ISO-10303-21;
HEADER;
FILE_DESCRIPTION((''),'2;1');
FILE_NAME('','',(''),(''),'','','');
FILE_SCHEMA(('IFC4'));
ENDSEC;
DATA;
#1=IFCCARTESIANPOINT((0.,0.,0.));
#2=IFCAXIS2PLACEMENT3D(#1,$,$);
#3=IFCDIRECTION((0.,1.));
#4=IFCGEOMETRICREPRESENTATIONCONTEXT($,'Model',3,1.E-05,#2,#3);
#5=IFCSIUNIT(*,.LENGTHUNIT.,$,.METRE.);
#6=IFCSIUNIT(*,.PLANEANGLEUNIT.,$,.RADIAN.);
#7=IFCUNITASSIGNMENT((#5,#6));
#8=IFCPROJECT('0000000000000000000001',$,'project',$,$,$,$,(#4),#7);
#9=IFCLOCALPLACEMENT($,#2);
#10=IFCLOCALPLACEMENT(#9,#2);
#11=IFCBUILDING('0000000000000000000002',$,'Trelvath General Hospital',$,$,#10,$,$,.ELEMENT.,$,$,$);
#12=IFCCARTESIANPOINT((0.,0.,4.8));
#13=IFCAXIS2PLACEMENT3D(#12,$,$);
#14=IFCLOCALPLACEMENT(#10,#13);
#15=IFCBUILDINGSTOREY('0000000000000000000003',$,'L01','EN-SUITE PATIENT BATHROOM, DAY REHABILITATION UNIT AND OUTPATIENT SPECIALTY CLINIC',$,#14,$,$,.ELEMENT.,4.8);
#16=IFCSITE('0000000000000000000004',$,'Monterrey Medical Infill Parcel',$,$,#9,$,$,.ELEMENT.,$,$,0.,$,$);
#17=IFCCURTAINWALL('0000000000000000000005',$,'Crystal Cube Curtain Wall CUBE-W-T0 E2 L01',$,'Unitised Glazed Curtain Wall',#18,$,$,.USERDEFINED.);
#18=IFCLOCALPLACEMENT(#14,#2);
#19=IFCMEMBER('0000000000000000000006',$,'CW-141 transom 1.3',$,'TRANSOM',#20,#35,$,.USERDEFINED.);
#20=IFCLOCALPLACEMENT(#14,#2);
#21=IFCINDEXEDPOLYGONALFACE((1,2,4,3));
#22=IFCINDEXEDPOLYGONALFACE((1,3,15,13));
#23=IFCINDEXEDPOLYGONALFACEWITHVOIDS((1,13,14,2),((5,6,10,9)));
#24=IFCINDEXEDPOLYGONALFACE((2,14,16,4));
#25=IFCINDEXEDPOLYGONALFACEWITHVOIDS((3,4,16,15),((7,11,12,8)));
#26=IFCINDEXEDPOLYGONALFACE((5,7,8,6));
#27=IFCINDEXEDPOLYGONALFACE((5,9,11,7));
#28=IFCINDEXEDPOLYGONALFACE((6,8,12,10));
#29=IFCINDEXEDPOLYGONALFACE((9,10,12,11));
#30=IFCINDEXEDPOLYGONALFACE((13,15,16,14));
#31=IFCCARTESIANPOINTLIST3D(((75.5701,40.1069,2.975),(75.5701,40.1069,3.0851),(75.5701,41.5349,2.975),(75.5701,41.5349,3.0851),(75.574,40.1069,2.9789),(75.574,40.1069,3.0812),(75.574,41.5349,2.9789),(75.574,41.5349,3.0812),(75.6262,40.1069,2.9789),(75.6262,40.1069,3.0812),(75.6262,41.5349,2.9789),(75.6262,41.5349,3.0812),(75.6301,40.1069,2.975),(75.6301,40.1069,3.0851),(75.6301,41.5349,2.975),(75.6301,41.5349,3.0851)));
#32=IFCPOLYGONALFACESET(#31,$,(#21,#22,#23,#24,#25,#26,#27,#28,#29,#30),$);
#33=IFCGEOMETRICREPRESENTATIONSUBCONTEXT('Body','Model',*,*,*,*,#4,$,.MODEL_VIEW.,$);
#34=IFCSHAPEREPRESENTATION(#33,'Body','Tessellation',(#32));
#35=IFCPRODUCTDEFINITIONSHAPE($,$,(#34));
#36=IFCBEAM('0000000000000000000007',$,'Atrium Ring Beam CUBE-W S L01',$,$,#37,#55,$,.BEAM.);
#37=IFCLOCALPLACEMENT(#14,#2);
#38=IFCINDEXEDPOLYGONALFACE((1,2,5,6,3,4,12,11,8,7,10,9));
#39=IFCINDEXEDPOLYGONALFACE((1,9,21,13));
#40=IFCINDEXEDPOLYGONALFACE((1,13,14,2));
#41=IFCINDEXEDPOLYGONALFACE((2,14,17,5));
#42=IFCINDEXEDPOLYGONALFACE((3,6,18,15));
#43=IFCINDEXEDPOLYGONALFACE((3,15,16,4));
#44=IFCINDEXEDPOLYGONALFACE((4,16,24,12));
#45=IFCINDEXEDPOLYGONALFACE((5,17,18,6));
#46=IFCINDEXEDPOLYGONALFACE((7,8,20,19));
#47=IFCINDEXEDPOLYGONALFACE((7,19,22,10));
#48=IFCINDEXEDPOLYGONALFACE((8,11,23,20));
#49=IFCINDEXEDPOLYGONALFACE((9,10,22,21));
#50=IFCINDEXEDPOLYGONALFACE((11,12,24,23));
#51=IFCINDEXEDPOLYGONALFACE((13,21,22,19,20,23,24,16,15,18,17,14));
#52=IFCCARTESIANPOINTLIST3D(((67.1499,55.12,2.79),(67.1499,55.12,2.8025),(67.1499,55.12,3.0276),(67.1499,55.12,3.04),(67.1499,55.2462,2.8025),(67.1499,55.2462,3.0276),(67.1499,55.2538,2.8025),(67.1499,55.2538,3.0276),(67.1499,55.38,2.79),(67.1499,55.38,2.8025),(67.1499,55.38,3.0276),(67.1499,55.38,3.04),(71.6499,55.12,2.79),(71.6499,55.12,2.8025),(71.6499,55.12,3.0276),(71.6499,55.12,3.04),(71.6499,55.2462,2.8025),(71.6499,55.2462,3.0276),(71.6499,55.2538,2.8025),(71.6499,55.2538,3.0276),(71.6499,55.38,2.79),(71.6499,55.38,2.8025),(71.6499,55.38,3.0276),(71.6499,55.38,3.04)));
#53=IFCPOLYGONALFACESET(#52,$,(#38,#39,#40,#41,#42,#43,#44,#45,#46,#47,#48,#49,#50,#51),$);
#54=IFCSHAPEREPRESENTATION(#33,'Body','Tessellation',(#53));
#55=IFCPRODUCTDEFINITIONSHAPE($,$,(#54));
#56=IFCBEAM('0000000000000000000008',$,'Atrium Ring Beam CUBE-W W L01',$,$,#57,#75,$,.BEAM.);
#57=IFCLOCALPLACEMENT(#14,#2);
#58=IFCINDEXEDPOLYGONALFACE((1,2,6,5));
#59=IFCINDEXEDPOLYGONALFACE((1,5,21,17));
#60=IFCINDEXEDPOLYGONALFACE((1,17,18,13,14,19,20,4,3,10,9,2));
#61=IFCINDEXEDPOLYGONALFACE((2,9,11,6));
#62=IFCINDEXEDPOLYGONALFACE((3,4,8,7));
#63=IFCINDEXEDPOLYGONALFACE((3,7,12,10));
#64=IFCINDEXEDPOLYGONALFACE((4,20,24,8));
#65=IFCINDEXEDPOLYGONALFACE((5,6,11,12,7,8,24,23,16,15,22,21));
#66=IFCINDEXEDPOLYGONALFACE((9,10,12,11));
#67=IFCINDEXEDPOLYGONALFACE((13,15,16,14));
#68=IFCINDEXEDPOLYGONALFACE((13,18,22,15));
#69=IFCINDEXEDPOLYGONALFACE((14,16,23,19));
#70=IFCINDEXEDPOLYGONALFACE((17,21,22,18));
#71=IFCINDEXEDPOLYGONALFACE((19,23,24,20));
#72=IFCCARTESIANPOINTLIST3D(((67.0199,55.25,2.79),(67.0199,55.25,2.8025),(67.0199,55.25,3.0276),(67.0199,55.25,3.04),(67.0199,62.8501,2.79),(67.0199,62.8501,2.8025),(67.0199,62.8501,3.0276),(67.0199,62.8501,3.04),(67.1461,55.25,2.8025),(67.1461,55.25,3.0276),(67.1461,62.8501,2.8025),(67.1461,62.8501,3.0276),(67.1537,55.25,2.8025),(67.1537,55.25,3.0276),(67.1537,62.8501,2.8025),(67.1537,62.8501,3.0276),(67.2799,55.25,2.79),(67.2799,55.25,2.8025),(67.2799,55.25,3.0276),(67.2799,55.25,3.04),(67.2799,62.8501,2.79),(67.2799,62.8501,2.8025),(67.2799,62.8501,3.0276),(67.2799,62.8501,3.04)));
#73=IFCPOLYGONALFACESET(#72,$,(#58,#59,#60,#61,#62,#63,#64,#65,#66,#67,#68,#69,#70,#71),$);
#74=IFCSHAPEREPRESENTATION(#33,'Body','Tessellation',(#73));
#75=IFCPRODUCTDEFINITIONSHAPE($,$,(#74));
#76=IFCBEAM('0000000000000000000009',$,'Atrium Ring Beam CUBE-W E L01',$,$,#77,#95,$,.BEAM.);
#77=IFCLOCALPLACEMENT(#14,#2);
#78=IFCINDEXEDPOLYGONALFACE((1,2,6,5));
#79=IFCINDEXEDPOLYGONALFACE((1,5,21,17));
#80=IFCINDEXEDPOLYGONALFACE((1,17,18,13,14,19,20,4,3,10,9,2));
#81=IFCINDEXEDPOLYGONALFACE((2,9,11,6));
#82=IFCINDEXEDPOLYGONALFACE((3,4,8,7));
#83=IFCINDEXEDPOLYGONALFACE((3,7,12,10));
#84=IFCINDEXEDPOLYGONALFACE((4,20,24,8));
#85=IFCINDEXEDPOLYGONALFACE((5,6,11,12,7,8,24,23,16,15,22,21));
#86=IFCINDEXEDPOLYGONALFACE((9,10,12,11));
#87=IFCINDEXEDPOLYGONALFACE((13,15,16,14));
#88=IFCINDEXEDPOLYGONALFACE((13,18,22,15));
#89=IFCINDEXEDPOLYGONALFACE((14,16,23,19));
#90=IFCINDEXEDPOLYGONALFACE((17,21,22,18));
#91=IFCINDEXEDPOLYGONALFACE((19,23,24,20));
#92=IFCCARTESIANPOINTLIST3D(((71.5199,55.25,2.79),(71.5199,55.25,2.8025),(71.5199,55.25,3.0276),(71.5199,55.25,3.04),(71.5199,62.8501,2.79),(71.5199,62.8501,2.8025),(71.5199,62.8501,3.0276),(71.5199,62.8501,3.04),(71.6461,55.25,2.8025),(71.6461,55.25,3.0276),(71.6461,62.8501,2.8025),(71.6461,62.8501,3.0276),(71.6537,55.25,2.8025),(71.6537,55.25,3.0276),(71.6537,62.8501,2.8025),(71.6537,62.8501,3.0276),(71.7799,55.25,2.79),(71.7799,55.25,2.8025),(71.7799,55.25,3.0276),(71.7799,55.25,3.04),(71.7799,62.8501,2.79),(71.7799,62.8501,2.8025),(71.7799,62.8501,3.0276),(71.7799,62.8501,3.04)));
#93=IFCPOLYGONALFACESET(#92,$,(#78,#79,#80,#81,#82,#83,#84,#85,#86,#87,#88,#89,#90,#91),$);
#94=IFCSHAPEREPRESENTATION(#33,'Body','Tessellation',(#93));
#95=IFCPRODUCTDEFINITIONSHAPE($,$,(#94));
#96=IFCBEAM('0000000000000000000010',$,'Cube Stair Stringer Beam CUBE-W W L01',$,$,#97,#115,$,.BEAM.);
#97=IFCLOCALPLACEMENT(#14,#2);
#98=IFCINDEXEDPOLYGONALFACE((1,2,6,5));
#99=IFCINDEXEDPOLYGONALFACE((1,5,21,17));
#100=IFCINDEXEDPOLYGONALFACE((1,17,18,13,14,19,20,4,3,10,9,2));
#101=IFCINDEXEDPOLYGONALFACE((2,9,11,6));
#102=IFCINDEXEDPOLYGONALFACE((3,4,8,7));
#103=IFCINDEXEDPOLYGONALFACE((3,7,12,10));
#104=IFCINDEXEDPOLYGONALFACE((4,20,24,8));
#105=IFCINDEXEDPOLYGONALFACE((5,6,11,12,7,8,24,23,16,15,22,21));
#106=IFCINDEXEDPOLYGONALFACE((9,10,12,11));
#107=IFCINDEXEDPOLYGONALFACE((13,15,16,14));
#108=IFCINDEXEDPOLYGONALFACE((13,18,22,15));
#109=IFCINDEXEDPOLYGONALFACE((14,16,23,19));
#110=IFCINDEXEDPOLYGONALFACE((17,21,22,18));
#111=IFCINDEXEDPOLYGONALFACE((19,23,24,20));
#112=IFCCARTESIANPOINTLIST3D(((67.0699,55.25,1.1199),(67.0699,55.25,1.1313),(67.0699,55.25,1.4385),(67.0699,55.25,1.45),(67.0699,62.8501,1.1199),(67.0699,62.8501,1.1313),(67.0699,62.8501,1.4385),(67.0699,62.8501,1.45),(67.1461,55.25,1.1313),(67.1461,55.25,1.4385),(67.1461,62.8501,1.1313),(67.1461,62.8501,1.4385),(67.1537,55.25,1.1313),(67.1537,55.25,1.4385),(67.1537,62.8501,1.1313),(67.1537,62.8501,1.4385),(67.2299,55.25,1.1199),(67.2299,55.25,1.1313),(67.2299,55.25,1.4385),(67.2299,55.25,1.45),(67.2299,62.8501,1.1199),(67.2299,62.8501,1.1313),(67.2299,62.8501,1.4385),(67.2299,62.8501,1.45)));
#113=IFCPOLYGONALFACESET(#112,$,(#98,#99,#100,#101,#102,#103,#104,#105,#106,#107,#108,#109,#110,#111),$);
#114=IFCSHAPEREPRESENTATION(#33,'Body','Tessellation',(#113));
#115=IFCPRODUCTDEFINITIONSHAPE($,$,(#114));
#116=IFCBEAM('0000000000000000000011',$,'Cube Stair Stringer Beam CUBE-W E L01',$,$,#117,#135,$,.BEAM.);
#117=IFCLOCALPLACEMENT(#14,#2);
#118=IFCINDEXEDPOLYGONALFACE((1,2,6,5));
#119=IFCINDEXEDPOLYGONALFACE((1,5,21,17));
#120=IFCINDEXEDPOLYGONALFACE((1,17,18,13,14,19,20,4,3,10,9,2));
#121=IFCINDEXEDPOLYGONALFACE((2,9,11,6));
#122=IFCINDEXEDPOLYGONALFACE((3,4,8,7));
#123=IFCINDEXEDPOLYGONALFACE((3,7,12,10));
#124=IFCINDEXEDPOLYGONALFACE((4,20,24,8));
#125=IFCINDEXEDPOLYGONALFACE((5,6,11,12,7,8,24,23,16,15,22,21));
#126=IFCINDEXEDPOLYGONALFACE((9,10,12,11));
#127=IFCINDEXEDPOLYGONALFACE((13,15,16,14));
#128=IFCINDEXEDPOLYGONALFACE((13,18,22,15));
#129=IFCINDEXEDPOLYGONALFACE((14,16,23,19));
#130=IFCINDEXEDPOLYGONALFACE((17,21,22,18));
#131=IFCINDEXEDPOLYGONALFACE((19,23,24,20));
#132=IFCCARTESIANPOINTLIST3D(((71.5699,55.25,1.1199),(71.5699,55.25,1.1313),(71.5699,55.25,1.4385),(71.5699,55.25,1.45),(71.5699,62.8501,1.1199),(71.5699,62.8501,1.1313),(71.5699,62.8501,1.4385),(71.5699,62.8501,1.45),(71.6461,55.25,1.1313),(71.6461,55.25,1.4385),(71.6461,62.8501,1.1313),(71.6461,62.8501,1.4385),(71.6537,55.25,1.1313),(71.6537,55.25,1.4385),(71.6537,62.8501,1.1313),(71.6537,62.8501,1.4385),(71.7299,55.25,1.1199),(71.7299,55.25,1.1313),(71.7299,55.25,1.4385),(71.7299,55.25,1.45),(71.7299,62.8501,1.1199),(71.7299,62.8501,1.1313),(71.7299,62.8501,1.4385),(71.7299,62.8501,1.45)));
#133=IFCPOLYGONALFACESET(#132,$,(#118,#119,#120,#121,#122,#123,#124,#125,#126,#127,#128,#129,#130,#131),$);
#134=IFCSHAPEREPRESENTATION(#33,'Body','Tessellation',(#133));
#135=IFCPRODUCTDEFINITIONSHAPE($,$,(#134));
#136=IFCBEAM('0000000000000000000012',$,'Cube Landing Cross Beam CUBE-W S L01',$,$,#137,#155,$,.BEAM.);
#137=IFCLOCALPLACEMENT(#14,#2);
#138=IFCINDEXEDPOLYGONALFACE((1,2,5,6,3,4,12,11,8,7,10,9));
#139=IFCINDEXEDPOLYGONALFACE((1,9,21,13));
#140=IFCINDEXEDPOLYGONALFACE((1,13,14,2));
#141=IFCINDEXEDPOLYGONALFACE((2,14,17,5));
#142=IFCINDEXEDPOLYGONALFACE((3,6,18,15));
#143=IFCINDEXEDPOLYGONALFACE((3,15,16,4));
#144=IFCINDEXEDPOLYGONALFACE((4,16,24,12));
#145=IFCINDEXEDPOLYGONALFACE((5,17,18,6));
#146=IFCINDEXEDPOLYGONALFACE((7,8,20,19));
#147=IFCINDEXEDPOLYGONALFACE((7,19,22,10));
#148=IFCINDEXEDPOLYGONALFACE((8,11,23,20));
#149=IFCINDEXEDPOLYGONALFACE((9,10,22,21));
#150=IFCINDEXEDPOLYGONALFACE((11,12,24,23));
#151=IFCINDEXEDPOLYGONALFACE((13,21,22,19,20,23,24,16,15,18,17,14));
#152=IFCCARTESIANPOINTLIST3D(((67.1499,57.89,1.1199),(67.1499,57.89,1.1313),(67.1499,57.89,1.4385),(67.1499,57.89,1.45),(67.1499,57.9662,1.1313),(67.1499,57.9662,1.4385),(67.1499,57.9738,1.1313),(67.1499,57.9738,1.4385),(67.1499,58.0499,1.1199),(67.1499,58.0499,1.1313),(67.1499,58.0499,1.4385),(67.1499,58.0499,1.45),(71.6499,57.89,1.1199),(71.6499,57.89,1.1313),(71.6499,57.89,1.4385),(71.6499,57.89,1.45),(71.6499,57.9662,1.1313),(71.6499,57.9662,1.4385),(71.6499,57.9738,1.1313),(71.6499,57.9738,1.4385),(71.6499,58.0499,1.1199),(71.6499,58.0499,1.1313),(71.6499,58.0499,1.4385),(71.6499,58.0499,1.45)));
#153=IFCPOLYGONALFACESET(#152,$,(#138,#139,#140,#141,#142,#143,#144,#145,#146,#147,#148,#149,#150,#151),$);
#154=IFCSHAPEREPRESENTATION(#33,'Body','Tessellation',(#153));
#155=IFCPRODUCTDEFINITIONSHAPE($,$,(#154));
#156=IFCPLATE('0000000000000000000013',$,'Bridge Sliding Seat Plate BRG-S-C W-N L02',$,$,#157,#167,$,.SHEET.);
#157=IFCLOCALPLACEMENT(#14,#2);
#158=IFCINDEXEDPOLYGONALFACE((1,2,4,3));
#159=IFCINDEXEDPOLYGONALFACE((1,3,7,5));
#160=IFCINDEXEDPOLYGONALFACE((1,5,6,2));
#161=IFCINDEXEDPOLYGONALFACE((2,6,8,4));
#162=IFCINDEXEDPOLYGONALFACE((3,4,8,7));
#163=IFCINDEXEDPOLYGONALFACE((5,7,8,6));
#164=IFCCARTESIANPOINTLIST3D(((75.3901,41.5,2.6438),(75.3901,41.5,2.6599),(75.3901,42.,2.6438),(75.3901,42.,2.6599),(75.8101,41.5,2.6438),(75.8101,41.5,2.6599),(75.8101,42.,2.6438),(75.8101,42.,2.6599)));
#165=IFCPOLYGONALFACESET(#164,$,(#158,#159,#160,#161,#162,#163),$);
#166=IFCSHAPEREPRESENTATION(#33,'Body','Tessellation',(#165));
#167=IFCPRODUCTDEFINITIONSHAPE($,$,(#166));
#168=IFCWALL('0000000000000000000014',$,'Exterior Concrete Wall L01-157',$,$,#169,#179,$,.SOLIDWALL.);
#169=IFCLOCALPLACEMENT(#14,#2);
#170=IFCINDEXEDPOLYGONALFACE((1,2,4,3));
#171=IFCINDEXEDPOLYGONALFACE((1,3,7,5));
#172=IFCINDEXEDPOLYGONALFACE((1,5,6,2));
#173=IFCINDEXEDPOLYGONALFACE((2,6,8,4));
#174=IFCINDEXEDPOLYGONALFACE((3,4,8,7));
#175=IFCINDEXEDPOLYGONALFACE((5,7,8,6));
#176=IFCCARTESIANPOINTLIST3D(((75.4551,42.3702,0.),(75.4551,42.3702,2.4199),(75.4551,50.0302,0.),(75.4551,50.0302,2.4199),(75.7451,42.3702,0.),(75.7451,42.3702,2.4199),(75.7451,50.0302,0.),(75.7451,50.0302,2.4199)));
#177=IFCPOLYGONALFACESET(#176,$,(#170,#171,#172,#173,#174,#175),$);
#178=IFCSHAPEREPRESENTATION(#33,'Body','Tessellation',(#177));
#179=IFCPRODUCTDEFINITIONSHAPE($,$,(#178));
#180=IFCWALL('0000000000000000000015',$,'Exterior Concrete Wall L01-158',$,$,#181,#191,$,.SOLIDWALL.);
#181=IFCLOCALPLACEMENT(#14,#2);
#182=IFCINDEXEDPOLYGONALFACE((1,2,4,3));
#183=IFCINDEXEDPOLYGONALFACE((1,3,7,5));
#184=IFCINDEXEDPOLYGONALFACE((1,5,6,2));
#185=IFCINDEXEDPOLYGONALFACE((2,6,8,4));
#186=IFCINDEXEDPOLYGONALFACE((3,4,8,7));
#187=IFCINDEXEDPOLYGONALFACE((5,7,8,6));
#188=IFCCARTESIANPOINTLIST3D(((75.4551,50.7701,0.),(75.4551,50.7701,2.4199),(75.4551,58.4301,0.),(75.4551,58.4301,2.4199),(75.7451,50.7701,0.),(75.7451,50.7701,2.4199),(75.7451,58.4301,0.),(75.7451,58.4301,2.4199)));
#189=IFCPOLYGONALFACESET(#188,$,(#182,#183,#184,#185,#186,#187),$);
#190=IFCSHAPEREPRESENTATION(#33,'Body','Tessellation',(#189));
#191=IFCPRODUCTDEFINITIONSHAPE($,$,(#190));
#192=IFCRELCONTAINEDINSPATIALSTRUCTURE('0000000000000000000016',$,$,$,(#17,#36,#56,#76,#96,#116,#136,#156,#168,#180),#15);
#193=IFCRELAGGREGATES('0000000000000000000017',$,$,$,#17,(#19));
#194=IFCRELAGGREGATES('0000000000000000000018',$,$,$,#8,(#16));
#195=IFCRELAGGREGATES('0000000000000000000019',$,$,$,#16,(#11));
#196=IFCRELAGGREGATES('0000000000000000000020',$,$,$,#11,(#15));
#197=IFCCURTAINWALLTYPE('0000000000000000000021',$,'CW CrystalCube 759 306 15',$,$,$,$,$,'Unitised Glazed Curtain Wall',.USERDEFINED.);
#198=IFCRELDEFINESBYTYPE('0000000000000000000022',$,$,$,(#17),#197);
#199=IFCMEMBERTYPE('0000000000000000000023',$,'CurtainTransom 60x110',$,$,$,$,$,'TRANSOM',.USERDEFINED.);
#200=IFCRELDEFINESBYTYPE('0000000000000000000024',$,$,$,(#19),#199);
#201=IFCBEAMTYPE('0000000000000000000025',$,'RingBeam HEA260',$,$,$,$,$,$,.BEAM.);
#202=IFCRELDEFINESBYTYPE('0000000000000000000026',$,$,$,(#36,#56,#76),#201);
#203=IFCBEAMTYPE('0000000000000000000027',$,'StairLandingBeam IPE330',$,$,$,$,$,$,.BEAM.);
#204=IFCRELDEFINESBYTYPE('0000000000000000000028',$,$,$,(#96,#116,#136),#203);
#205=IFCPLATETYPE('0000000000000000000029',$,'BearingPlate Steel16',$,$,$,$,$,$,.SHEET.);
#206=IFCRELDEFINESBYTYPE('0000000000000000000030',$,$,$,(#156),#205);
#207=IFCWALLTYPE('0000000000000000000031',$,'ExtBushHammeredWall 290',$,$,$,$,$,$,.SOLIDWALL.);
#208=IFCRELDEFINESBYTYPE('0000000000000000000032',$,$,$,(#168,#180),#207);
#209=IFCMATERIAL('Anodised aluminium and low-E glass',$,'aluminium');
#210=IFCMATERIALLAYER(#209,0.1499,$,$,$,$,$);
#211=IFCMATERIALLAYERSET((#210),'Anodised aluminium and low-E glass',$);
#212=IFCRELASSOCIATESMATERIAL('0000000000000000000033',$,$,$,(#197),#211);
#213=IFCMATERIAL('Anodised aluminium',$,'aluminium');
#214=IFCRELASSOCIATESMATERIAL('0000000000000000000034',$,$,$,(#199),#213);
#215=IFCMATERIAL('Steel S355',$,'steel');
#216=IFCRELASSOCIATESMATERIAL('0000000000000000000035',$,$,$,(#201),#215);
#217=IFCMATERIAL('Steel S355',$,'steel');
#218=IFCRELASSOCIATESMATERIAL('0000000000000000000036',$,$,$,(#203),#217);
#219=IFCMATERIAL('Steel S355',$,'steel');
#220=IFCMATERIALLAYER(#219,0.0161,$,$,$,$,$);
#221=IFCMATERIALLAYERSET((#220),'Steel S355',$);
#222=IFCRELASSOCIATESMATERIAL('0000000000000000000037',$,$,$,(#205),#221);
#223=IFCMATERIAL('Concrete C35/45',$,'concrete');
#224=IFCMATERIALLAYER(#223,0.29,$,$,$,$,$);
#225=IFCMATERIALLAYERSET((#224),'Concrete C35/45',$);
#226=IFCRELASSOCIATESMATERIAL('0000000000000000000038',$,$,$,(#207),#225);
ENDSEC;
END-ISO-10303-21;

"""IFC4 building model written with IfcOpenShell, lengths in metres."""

from ifc_helpers import new_model, si_unit, direction, frame, frame_2d, origin, origin_2d, place, context, subcontext, project, spatial, rectangle, hollow_rectangle, i_section, extrude, material, layer, layer_set, material_profile, profile_set, type_object, element, aggregate, save


model = new_model("IFC4")

# Units and contexts
model_context = context("Model", 3, precision=1e-05, world=origin(), true_north=direction((0.0, 1.0)))
body_context = subcontext(model_context, "Body", "Model", "MODEL_VIEW")
ifc_project = project(units=[si_unit("LENGTHUNIT", "METRE"), si_unit("PLANEANGLEUNIT", "RADIAN")], contexts=[model_context])

# Site, building, storey
site_placement = place(None, origin())
site = spatial("IfcSite", under=ifc_project, at=site_placement, Name="Monterrey Medical Infill Parcel", CompositionType="ELEMENT", RefElevation=0.0)
building_placement = place(site_placement, origin())
building = spatial("IfcBuilding", under=site, at=building_placement, Name="Trelvath General Hospital", CompositionType="ELEMENT")
storey_placement = place(building_placement, frame((0.0, 0.0, 4.8)))
storey = spatial("IfcBuildingStorey", under=building, at=storey_placement, Name="L01", Description="EN-SUITE PATIENT BATHROOM, DAY REHABILITATION UNIT AND OUTPATIENT SPECIALTY CLINIC", CompositionType="ELEMENT", Elevation=4.8)

# Curtain wall, member
ifc_material_1 = material(Name="Anodised aluminium and low-E glass", Category="aluminium")
ifc_layer_1 = layer(ifc_material_1, 0.1499)
ifc_layer_set_1 = layer_set([ifc_layer_1], Name="Anodised aluminium and low-E glass")
curtain_wall_type = type_object("IfcCurtainWallType", Name="CW CrystalCube 759 306 15", ElementType="Unitised Glazed Curtain Wall", PredefinedType="USERDEFINED", material=ifc_layer_set_1)
curtain_wall_placement = place(storey_placement, origin())
curtain_wall = element("IfcCurtainWall", 1, at=curtain_wall_placement, inside=storey, type_object=curtain_wall_type, Name="Crystal Cube Curtain Wall CUBE-W-T0 E2 L01", ObjectType="Unitised Glazed Curtain Wall", PredefinedType="USERDEFINED")
ifc_material_2 = material(Name="Anodised aluminium", Category="aluminium")
ifc_material_profile_1 = material_profile(ifc_material_2, hollow_rectangle(XDim=0.0601, YDim=0.1101, WallThickness=0.0039, at=origin_2d()), Name="RHS60x110x4")
ifc_profile_set_1 = profile_set([ifc_material_profile_1], Name="Anodised aluminium")
member_type_1 = type_object("IfcMemberType", Name="CurtainTransom 60x110", ElementType="TRANSOM", PredefinedType="USERDEFINED", material=ifc_profile_set_1)
member_1_placement = place(storey_placement, frame((75.6001, 41.5349, 3.03), z_axis=(0.0, -1.0, 0.0), x_axis=(1.0, 0.0, 0.0)))
member_1 = element("IfcMember", 2, at=member_1_placement, type_object=member_type_1, Name="CW-141 transom 1.3", ObjectType="TRANSOM", PredefinedType="USERDEFINED", context=body_context, shape_type="SweptSolid", body=[
    extrude(hollow_rectangle(XDim=0.0601, YDim=0.1101, WallThickness=0.0039, at=origin_2d()), origin(), (0.0, 0.0, 1.0), 1.428),
])
aggregate(curtain_wall, [member_1])

# Beams
ifc_material_3 = material(Name="Steel S355", Category="steel")
ifc_material_profile_2 = material_profile(ifc_material_3, i_section(OverallWidth=0.26, OverallDepth=0.25, WebThickness=0.0076, FlangeThickness=0.0125, at=origin_2d()), Name="HEA260")
ifc_profile_set_2 = profile_set([ifc_material_profile_2], Name="Steel S355")
beam_type_1 = type_object("IfcBeamType", Name="RingBeam HEA260", PredefinedType="BEAM", material=ifc_profile_set_2)
beam_1_placement = place(storey_placement, frame((67.1499, 55.25, 2.915), z_axis=(1.0, 0.0, 0.0), x_axis=(0.0, 1.0, 0.0)))
element("IfcBeam", 3, at=beam_1_placement, inside=storey, type_object=beam_type_1, Name="Atrium Ring Beam CUBE-W S L01", PredefinedType="BEAM", context=body_context, shape_type="SweptSolid", body=[
    extrude(i_section(OverallWidth=0.26, OverallDepth=0.25, WebThickness=0.0076, FlangeThickness=0.0125, at=origin_2d()), origin(), (0.0, 0.0, 1.0), 4.5),
])
for number, where, z_axis, x_axis, name in (
    (4, (67.1499, 55.25, 2.915), (0.0, 1.0, 0.0), (-1.0, 0.0, 0.0), "Atrium Ring Beam CUBE-W W L01"),
    (5, (71.6499, 55.25, 2.915), (0.0, 1.0, 0.0), (-1.0, 0.0, 0.0), "Atrium Ring Beam CUBE-W E L01"),
):
    element("IfcBeam", number, at=place(storey_placement, frame(where, z_axis=z_axis, x_axis=x_axis)), inside=storey, type_object=beam_type_1, Name=name, PredefinedType="BEAM", context=body_context, shape_type="SweptSolid", body=[
        extrude(i_section(OverallWidth=0.26, OverallDepth=0.25, WebThickness=0.0076, FlangeThickness=0.0125, at=origin_2d()), origin(), (0.0, 0.0, 1.0), 7.6001),
    ])
ifc_material_4 = material(Name="Steel S355", Category="steel")
ifc_material_profile_3 = material_profile(ifc_material_4, i_section(OverallWidth=0.1599, OverallDepth=0.3301, WebThickness=0.0076, FlangeThickness=0.0115, at=origin_2d()), Name="IPE330")
ifc_profile_set_3 = profile_set([ifc_material_profile_3], Name="Steel S355")
beam_type_2 = type_object("IfcBeamType", Name="StairLandingBeam IPE330", PredefinedType="BEAM", material=ifc_profile_set_3)
for number, where, z_axis, x_axis, name in (
    (6, (67.1499, 55.25, 1.2849), (0.0, 1.0, 0.0), (-1.0, 0.0, 0.0), "Cube Stair Stringer Beam CUBE-W W L01"),
    (7, (71.6499, 55.25, 1.2849), (0.0, 1.0, 0.0), (-1.0, 0.0, 0.0), "Cube Stair Stringer Beam CUBE-W E L01"),
):
    element("IfcBeam", number, at=place(storey_placement, frame(where, z_axis=z_axis, x_axis=x_axis)), inside=storey, type_object=beam_type_2, Name=name, PredefinedType="BEAM", context=body_context, shape_type="SweptSolid", body=[
        extrude(i_section(OverallWidth=0.1599, OverallDepth=0.3301, WebThickness=0.0076, FlangeThickness=0.0115, at=origin_2d()), origin(), (0.0, 0.0, 1.0), 7.6001),
    ])
beam_2_placement = place(storey_placement, frame((67.1499, 57.97, 1.2849), z_axis=(1.0, 0.0, 0.0), x_axis=(0.0, 1.0, 0.0)))
element("IfcBeam", 8, at=beam_2_placement, inside=storey, type_object=beam_type_2, Name="Cube Landing Cross Beam CUBE-W S L01", PredefinedType="BEAM", context=body_context, shape_type="SweptSolid", body=[
    extrude(i_section(OverallWidth=0.1599, OverallDepth=0.3301, WebThickness=0.0076, FlangeThickness=0.0115, at=origin_2d()), origin(), (0.0, 0.0, 1.0), 4.5),
])

# Plate
ifc_material_5 = material(Name="Steel S355", Category="steel")
ifc_layer_2 = layer(ifc_material_5, 0.0161)
ifc_layer_set_2 = layer_set([ifc_layer_2], Name="Steel S355")
plate_type = type_object("IfcPlateType", Name="BearingPlate Steel16", PredefinedType="SHEET", material=ifc_layer_set_2)
plate_placement = place(storey_placement, frame((75.6001, 41.75, 2.6438), z_axis=(0.0, 0.0, 1.0), x_axis=(1.0, 0.0, 0.0)))
element("IfcPlate", 9, at=plate_placement, inside=storey, type_object=plate_type, Name="Bridge Sliding Seat Plate BRG-S-C W-N L02", PredefinedType="SHEET", context=body_context, shape_type="SweptSolid", body=[
    extrude(rectangle(XDim=0.4199, YDim=0.5, at=origin_2d()), origin(), (0.0, 0.0, 1.0), 0.0161),
])

# Walls
ifc_material_6 = material(Name="Concrete C35/45", Category="concrete")
ifc_layer_3 = layer(ifc_material_6, 0.29)
ifc_layer_set_3 = layer_set([ifc_layer_3], Name="Concrete C35/45")
wall_type = type_object("IfcWallType", Name="ExtBushHammeredWall 290", PredefinedType="SOLIDWALL", material=ifc_layer_set_3)
for number, where, z_axis, x_axis, name in (
    (10, (75.6001, 42.3701, 0.0), (0.0, 0.0, 1.0), (0.0, 1.0, 0.0), "Exterior Concrete Wall L01-157"),
    (11, (75.6001, 50.77, 0.0), (0.0, 0.0, 1.0), (0.0, 1.0, 0.0), "Exterior Concrete Wall L01-158"),
):
    element("IfcWall", number, at=place(storey_placement, frame(where, z_axis=z_axis, x_axis=x_axis)), inside=storey, type_object=wall_type, Name=name, PredefinedType="SOLIDWALL", context=body_context, shape_type="SweptSolid", body=[
        extrude(rectangle(XDim=7.6599, YDim=0.29, at=frame_2d((3.8301, 0.0))), origin(), (0.0, 0.0, 1.0), 2.4199),
    ])

save(model, "model.ifc")
